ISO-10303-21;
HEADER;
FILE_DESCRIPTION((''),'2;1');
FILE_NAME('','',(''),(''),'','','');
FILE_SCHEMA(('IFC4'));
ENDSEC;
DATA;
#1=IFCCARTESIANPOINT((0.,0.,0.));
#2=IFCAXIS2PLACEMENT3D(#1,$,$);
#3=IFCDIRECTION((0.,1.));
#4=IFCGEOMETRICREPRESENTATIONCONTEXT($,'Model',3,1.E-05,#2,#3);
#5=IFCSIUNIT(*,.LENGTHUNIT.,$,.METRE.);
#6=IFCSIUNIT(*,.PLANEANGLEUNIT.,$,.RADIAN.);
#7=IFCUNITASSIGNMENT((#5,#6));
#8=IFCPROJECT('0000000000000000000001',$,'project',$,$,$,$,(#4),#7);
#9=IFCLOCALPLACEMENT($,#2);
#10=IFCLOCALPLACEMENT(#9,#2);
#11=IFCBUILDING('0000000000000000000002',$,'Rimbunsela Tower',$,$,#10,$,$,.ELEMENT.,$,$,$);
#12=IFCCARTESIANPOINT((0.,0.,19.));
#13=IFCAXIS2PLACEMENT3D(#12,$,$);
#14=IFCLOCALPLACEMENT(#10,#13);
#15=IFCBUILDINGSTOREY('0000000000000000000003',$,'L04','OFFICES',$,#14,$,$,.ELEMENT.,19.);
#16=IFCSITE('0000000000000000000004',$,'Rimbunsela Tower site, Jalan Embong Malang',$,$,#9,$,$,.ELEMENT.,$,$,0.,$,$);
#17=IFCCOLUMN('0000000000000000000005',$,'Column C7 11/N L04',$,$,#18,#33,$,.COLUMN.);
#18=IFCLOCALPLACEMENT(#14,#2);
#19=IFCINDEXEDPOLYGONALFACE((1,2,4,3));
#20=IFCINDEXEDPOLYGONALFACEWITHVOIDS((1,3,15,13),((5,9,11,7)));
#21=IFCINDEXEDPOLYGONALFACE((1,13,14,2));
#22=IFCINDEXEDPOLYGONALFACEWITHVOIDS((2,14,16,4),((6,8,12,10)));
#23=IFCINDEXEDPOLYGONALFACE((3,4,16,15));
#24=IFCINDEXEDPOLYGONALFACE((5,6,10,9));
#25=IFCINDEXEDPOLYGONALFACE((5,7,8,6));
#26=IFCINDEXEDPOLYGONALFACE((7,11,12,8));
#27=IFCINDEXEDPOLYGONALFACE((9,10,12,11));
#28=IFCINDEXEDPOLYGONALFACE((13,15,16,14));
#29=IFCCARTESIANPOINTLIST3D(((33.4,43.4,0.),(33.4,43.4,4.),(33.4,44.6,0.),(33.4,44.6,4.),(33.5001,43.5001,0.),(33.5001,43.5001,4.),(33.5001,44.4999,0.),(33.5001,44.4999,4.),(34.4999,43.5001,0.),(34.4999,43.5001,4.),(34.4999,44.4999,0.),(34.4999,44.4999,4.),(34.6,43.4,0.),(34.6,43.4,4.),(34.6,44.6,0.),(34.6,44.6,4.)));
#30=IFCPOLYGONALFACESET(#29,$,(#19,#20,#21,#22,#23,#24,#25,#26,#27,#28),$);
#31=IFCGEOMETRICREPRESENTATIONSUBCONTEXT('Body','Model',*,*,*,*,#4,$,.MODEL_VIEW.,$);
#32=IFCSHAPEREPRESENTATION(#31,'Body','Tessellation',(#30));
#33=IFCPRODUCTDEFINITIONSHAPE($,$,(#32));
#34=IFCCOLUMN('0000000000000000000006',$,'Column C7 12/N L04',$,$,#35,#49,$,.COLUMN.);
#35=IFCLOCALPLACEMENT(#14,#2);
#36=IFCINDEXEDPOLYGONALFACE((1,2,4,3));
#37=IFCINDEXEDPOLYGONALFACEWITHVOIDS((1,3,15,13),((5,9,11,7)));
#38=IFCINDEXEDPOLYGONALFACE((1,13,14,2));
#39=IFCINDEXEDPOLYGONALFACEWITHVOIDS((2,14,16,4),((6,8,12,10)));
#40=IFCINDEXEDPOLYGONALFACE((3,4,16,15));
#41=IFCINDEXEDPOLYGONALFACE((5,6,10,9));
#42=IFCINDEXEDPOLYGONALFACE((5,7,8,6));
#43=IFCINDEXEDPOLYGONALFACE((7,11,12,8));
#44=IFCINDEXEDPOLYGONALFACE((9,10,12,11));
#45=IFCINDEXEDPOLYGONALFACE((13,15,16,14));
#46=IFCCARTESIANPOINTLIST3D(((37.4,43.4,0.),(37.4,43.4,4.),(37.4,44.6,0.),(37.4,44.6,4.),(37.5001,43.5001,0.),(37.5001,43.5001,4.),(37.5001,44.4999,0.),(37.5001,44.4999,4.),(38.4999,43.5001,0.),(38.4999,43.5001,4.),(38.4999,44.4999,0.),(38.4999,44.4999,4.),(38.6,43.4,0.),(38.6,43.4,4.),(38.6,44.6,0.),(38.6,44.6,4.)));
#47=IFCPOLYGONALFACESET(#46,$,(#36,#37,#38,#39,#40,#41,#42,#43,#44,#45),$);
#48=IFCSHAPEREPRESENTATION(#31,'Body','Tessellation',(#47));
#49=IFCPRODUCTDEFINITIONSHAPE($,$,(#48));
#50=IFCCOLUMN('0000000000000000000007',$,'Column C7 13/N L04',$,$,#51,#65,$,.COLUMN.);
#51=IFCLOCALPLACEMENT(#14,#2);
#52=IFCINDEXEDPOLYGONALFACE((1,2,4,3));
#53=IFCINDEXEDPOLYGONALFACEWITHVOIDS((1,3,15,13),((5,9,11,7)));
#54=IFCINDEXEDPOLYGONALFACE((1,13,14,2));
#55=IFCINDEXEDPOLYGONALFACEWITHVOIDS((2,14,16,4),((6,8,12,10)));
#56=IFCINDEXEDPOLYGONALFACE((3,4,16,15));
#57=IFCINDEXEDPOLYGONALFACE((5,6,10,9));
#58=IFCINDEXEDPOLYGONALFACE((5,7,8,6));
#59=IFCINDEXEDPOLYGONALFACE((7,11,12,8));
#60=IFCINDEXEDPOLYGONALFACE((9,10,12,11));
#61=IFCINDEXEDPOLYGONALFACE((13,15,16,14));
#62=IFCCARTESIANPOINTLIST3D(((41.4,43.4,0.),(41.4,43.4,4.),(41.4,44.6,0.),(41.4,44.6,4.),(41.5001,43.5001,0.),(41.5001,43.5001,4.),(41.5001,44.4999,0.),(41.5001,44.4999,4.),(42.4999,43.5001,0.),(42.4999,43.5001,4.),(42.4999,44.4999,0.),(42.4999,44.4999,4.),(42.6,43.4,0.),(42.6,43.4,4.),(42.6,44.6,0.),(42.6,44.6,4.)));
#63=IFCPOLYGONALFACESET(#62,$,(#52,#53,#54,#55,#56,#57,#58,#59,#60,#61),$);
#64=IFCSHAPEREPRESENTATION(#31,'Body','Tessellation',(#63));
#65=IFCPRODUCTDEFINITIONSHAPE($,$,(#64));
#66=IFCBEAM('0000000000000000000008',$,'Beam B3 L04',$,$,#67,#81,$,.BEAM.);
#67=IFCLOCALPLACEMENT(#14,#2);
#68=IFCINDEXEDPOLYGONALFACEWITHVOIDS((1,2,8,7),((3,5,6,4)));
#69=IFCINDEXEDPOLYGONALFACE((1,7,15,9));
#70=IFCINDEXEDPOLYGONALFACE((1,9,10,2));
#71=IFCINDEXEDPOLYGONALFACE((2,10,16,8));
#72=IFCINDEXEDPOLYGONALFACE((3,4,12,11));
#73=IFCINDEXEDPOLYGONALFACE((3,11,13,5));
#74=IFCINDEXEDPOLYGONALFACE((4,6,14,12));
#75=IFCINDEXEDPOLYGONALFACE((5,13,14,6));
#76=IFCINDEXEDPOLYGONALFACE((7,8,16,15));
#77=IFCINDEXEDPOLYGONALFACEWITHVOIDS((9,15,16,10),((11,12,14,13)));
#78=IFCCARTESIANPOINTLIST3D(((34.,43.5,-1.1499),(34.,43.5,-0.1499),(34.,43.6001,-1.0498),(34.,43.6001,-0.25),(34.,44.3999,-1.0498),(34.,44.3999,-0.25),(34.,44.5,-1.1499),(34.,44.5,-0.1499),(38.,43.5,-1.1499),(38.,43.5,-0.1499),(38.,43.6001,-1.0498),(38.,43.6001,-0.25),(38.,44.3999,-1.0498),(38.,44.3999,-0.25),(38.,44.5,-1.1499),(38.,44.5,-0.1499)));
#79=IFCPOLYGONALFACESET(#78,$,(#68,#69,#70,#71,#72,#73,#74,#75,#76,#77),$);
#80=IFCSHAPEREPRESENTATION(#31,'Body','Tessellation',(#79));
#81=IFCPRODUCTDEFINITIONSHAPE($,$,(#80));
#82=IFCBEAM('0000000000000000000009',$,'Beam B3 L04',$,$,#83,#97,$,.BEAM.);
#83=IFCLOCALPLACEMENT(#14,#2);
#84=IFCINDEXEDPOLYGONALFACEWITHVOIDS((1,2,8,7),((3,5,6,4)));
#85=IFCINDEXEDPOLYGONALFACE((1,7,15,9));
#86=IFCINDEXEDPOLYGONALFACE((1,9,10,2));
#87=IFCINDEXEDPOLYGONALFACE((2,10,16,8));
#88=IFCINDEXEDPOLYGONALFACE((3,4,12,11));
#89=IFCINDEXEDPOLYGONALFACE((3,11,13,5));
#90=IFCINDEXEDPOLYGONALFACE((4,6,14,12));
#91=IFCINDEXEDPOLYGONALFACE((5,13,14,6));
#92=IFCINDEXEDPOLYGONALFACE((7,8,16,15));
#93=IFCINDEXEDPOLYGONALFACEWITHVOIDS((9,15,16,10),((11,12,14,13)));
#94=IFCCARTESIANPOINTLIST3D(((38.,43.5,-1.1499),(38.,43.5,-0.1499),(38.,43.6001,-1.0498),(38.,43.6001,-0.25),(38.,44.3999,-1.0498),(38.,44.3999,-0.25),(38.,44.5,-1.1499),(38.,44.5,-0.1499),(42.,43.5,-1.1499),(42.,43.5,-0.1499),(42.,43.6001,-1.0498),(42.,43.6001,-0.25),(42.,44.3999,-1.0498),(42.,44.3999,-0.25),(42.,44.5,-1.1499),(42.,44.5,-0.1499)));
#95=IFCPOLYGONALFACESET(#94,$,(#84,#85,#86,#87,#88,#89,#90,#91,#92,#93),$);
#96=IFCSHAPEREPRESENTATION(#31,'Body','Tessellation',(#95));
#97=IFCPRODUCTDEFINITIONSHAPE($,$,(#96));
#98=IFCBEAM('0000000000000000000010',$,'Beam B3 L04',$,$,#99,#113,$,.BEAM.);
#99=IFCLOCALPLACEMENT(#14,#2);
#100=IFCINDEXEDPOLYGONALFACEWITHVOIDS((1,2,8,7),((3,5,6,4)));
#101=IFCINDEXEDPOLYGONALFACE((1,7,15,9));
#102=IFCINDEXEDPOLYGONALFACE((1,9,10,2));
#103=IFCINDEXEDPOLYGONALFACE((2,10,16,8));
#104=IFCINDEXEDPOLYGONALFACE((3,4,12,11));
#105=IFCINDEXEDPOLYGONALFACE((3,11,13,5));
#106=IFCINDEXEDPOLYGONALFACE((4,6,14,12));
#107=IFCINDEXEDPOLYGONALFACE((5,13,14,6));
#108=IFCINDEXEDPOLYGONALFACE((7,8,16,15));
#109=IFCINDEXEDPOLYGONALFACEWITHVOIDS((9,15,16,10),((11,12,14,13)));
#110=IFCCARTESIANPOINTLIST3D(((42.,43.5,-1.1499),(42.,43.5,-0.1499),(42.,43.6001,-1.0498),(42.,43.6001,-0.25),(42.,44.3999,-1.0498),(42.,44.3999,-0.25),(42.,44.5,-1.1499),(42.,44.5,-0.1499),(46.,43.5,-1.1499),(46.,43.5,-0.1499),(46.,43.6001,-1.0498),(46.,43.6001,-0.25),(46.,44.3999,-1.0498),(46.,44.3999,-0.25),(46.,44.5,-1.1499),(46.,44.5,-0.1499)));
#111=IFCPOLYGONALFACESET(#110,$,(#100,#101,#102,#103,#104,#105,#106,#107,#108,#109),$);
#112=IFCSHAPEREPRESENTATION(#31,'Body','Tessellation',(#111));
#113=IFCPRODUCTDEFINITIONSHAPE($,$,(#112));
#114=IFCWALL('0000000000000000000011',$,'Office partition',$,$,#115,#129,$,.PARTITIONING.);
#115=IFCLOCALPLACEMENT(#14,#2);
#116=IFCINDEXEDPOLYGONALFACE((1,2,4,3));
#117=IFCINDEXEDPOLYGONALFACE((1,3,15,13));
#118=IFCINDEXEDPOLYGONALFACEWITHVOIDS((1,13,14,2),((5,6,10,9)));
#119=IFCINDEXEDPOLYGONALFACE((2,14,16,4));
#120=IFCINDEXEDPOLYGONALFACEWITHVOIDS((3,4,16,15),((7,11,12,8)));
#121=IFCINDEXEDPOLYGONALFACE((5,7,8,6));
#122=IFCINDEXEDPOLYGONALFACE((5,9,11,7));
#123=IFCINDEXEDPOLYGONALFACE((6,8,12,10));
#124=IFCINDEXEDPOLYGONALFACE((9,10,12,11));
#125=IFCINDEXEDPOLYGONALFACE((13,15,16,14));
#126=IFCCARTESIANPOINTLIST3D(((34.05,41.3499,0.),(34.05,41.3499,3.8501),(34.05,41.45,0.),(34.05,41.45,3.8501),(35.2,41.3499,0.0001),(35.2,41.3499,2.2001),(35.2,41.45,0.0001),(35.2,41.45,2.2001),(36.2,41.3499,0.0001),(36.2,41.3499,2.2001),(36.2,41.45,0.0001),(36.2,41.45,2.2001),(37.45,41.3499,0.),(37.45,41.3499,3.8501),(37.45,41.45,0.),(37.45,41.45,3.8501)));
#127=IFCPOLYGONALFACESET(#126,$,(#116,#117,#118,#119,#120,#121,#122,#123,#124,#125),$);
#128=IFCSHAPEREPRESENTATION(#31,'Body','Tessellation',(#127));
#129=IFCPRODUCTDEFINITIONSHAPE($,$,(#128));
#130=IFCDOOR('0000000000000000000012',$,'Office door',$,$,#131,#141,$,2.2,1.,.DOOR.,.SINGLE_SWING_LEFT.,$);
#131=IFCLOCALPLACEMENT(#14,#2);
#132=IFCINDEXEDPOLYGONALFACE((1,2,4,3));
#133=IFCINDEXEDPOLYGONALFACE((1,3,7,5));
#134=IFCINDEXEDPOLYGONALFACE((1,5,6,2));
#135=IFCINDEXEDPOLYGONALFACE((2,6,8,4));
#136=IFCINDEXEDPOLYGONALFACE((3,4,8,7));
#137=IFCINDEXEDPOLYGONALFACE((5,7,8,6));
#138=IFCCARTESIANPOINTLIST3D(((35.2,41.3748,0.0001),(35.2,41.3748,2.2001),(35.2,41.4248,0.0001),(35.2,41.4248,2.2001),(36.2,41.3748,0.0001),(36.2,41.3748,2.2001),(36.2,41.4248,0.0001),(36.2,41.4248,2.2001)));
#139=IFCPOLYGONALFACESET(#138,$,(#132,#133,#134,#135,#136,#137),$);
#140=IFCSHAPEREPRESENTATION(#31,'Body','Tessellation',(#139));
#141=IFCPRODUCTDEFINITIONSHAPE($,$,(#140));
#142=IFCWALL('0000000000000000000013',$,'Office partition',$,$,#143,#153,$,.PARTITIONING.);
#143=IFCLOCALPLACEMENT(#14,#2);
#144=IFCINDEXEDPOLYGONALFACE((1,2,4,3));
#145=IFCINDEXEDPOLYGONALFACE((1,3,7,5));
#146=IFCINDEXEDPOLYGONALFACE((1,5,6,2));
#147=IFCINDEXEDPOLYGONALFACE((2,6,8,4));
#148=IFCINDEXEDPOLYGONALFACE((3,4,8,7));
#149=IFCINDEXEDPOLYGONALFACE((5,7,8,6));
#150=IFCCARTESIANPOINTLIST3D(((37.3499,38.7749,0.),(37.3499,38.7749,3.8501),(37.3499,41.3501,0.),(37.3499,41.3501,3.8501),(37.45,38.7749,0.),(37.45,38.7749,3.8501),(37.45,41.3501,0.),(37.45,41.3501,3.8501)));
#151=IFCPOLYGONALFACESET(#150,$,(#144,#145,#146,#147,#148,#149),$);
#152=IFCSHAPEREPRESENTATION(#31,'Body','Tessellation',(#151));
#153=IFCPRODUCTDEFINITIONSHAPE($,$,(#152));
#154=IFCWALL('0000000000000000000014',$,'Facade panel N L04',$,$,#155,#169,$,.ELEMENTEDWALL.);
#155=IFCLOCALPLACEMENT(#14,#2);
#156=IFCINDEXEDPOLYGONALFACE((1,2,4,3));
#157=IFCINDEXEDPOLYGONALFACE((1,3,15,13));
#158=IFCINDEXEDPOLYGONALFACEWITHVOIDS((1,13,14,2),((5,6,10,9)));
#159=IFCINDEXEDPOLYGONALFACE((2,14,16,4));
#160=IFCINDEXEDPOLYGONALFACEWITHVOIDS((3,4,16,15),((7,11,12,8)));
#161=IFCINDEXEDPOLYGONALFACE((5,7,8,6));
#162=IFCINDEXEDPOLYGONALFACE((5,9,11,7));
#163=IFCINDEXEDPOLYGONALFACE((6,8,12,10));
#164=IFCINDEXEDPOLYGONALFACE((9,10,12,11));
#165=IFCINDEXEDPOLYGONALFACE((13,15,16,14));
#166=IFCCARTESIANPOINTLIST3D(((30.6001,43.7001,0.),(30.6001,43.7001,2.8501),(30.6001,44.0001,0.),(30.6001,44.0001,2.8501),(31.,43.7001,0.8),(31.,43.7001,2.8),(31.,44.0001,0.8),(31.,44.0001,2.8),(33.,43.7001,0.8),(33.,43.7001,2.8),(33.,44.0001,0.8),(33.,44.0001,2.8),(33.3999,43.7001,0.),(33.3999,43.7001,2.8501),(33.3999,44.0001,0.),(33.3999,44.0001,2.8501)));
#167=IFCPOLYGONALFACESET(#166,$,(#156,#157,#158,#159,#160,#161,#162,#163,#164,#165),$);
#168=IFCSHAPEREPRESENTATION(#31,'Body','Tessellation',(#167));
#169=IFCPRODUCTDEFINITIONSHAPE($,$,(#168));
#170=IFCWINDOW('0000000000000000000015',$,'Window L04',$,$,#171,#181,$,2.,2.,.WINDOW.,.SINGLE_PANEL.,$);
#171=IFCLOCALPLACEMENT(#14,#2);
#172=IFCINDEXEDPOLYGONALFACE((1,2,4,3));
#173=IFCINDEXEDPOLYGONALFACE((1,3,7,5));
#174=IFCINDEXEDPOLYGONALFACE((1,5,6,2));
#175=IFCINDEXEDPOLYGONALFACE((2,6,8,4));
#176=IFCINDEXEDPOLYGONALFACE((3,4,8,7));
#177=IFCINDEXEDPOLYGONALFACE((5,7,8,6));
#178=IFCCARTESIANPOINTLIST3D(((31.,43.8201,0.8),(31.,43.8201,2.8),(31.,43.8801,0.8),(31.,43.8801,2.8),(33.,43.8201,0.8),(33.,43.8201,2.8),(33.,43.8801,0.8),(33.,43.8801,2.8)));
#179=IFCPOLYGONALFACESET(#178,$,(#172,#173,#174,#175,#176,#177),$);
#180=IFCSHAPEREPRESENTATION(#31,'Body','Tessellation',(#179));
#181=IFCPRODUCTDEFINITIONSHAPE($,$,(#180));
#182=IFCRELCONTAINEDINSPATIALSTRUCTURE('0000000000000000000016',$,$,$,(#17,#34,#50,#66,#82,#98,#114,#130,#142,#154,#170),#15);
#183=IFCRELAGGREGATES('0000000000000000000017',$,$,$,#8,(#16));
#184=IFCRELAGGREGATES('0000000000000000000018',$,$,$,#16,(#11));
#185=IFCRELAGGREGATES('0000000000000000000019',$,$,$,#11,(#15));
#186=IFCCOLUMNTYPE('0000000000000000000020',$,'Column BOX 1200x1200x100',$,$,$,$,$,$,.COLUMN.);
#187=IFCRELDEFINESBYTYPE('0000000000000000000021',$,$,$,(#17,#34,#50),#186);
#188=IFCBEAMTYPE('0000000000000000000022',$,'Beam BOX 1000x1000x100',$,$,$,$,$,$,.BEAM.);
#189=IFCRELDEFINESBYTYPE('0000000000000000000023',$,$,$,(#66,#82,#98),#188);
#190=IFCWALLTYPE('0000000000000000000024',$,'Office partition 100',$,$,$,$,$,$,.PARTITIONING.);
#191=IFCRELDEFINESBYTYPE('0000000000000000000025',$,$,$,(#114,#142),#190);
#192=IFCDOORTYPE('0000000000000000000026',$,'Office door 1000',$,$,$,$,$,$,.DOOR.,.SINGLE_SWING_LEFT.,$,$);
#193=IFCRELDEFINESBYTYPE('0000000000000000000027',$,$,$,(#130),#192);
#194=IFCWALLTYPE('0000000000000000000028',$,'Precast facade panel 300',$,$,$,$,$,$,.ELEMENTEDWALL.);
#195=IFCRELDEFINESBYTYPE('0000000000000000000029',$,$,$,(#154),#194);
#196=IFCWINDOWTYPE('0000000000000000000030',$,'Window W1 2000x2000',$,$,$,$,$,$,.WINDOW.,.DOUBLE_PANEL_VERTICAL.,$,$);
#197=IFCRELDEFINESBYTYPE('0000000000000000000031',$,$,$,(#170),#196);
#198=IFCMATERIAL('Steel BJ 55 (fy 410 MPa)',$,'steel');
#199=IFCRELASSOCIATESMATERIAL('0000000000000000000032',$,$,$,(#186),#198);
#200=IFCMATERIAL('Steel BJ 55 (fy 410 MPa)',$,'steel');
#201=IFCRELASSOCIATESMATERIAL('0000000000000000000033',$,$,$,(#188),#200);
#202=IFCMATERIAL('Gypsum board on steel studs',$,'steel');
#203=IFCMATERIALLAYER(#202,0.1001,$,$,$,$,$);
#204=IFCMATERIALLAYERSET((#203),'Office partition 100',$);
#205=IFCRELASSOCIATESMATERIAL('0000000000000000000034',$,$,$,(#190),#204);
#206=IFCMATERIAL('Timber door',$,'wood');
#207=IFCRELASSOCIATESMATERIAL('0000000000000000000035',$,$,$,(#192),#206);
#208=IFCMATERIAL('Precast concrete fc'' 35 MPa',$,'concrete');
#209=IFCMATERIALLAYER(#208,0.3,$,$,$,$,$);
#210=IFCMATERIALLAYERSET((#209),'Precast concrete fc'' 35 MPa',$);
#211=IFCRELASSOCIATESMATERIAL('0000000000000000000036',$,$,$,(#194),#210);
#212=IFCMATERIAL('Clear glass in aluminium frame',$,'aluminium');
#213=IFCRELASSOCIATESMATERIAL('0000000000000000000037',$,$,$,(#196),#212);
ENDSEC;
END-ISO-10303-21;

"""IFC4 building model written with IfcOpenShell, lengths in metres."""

from ifc_helpers import new_model, si_unit, direction, frame, frame_2d, origin, origin_2d, place, context, subcontext, project, spatial, rectangle, hollow_rectangle, extrude, material, layer, layer_set, material_profile, profile_set, type_object, element, fill, save


model = new_model("IFC4")

# Units and contexts
model_context = context("Model", 3, precision=1e-05, world=origin(), true_north=direction((0.0, 1.0)))
body_context = subcontext(model_context, "Body", "Model", "MODEL_VIEW")
ifc_project = project(units=[si_unit("LENGTHUNIT", "METRE"), si_unit("PLANEANGLEUNIT", "RADIAN")], contexts=[model_context])

# Site, building, storey
site_placement = place(None, origin())
site = spatial("IfcSite", under=ifc_project, at=site_placement, Name="Rimbunsela Tower site, Jalan Embong Malang", CompositionType="ELEMENT", RefElevation=0.0)
building_placement = place(site_placement, origin())
building = spatial("IfcBuilding", under=site, at=building_placement, Name="Rimbunsela Tower", CompositionType="ELEMENT")
storey_placement = place(building_placement, frame((0.0, 0.0, 19.0)))
storey = spatial("IfcBuildingStorey", under=building, at=storey_placement, Name="L04", Description="OFFICES", CompositionType="ELEMENT", Elevation=19.0)

# Columns
ifc_material_1 = material(Name="Steel BJ 55 (fy 410 MPa)", Category="steel")
ifc_material_profile_1 = material_profile(ifc_material_1, hollow_rectangle(XDim=1.2, YDim=1.2, WallThickness=0.1001, at=origin_2d()), Name="BOX 1200x1200x100")
ifc_profile_set_1 = profile_set([ifc_material_profile_1], Name="Steel BJ 55 (fy 410 MPa)")
column_type = type_object("IfcColumnType", Name="Column BOX 1200x1200x100", PredefinedType="COLUMN", material=ifc_profile_set_1)
for number, where, z_axis, x_axis, name in (
    (1, (34.0, 44.0, 0.0), (0.0, 0.0, 1.0), (1.0, 0.0, 0.0), "Column C7 11/N L04"),
    (2, (38.0, 44.0, 0.0), (0.0, 0.0, 1.0), (1.0, 0.0, 0.0), "Column C7 12/N L04"),
    (3, (42.0, 44.0, 0.0), (0.0, 0.0, 1.0), (1.0, 0.0, 0.0), "Column C7 13/N L04"),
):
    element("IfcColumn", number, at=place(storey_placement, frame(where, z_axis=z_axis, x_axis=x_axis)), inside=storey, type_object=column_type, Name=name, PredefinedType="COLUMN", context=body_context, shape_type="SweptSolid", body=[
        extrude(hollow_rectangle(XDim=1.2, YDim=1.2, WallThickness=0.1001, at=origin_2d()), origin(), (0.0, 0.0, 1.0), 4.0),
    ])

# Beams
ifc_material_2 = material(Name="Steel BJ 55 (fy 410 MPa)", Category="steel")
ifc_material_profile_2 = material_profile(ifc_material_2, hollow_rectangle(XDim=1.0, YDim=1.0, WallThickness=0.1001, at=origin_2d()), Name="BOX 1000x1000x100")
ifc_profile_set_2 = profile_set([ifc_material_profile_2], Name="Steel BJ 55 (fy 410 MPa)")
beam_type = type_object("IfcBeamType", Name="Beam BOX 1000x1000x100", PredefinedType="BEAM", material=ifc_profile_set_2)
for number, where, z_axis, x_axis, name in (
    (4, (34.0, 44.0, -0.6499), (1.0, 0.0, 0.0), (0.0, 1.0, 0.0), "Beam B3 L04"),
    (5, (38.0, 44.0, -0.6499), (1.0, 0.0, 0.0), (0.0, 1.0, 0.0), "Beam B3 L04"),
    (6, (42.0, 44.0, -0.6499), (1.0, 0.0, 0.0), (0.0, 1.0, 0.0), "Beam B3 L04"),
):
    element("IfcBeam", number, at=place(storey_placement, frame(where, z_axis=z_axis, x_axis=x_axis)), inside=storey, type_object=beam_type, Name=name, PredefinedType="BEAM", context=body_context, shape_type="SweptSolid", body=[
        extrude(hollow_rectangle(XDim=1.0, YDim=1.0, WallThickness=0.1001, at=origin_2d()), origin(), (0.0, 0.0, 1.0), 4.0),
    ])

# Wall, opening, door
ifc_material_3 = material(Name="Gypsum board on steel studs", Category="steel")
ifc_layer_1 = layer(ifc_material_3, 0.1001)
ifc_layer_set_1 = layer_set([ifc_layer_1], Name="Office partition 100")
wall_type_1 = type_object("IfcWallType", Name="Office partition 100", PredefinedType="PARTITIONING", material=ifc_layer_set_1)
wall_1_placement = place(storey_placement, frame((34.05, 41.3999, 0.0), z_axis=(0.0, 0.0, 1.0), x_axis=(1.0, 0.0, 0.0)))
wall_1 = element("IfcWall", 7, at=wall_1_placement, inside=storey, type_object=wall_type_1, Name="Office partition", PredefinedType="PARTITIONING", context=body_context, shape_type="SweptSolid", body=[
    extrude(rectangle(XDim=3.3999, YDim=0.1001, at=frame_2d((1.7, 0.0))), origin(), (0.0, 0.0, 1.0), 3.8501),
])
opening_1_placement = place(wall_1_placement, frame((1.1499, 0.0, 0.0)))
opening_1 = element("IfcOpeningElement", 8, at=opening_1_placement, cuts=wall_1, PredefinedType="OPENING", context=body_context, shape_type="SweptSolid", body=[
    extrude(rectangle(XDim=1.0, YDim=2.2, at=frame_2d((0.5, 1.1001))), frame((0.0, 0.0601, 0.0), z_axis=(0.0, -1.0, 0.0), x_axis=(1.0, 0.0, 0.0)), (0.0, 0.0, 1.0), 0.1201),
])
ifc_material_4 = material(Name="Timber door", Category="wood")
door_type = type_object("IfcDoorType", Name="Office door 1000", OperationType="SINGLE_SWING_LEFT", PredefinedType="DOOR", material=ifc_material_4)
door_placement = place(opening_1_placement, origin())
door = element("IfcDoor", 9, at=door_placement, inside=storey, type_object=door_type, Name="Office door", OperationType="SINGLE_SWING_LEFT", OverallHeight=2.2, OverallWidth=1.0, PredefinedType="DOOR", context=body_context, shape_type="SweptSolid", body=[
    extrude(rectangle(XDim=1.0, YDim=2.2, at=frame_2d((0.5, 1.1001))), frame((0.0, 0.0249, 0.0), z_axis=(0.0, -1.0, 0.0), x_axis=(1.0, 0.0, 0.0)), (0.0, 0.0, 1.0), 0.05),
])
fill(opening_1, door)

# Wall
wall_2_placement = place(storey_placement, frame((37.3999, 38.7749, 0.0), z_axis=(0.0, 0.0, 1.0), x_axis=(0.0, 1.0, 0.0)))
element("IfcWall", 10, at=wall_2_placement, inside=storey, type_object=wall_type_1, Name="Office partition", PredefinedType="PARTITIONING", context=body_context, shape_type="SweptSolid", body=[
    extrude(rectangle(XDim=2.5752, YDim=0.1001, at=frame_2d((1.2876, 0.0))), origin(), (0.0, 0.0, 1.0), 3.8501),
])

# Wall, opening, window
ifc_material_5 = material(Name="Precast concrete fc' 35 MPa", Category="concrete")
ifc_layer_2 = layer(ifc_material_5, 0.3)
ifc_layer_set_2 = layer_set([ifc_layer_2], Name="Precast concrete fc' 35 MPa")
wall_type_2 = type_object("IfcWallType", Name="Precast facade panel 300", PredefinedType="ELEMENTEDWALL", material=ifc_layer_set_2)
wall_3_placement = place(storey_placement, frame((33.3999, 43.8501, 0.0), z_axis=(0.0, 0.0, 1.0), x_axis=(-1.0, 0.0, 0.0)))
wall_3 = element("IfcWall", 11, at=wall_3_placement, inside=storey, type_object=wall_type_2, Name="Facade panel N L04", PredefinedType="ELEMENTEDWALL", context=body_context, shape_type="SweptSolid", body=[
    extrude(rectangle(XDim=2.7998, YDim=0.3, at=frame_2d((1.3999, 0.0))), origin(), (0.0, 0.0, 1.0), 2.8501),
])
opening_2_placement = place(wall_3_placement, frame((0.3999, 0.0, 0.8)))
opening_2 = element("IfcOpeningElement", 12, at=opening_2_placement, cuts=wall_3, PredefinedType="OPENING", context=body_context, shape_type="SweptSolid", body=[
    extrude(rectangle(XDim=2.0, YDim=2.0, at=frame_2d((1.0, 1.0))), frame((0.0, 0.1599, 0.0), z_axis=(0.0, -1.0, 0.0), x_axis=(1.0, 0.0, 0.0)), (0.0, 0.0, 1.0), 0.3201),
])
ifc_material_6 = material(Name="Clear glass in aluminium frame", Category="aluminium")
window_type = type_object("IfcWindowType", Name="Window W1 2000x2000", PartitioningType="DOUBLE_PANEL_VERTICAL", PredefinedType="WINDOW", material=ifc_material_6)
window_1_placement = place(opening_2_placement, origin())
window_1 = element("IfcWindow", 13, at=window_1_placement, inside=storey, type_object=window_type, Name="Window L04", OverallHeight=2.0, OverallWidth=2.0, PartitioningType="SINGLE_PANEL", PredefinedType="WINDOW", context=body_context, shape_type="SweptSolid", body=[
    extrude(rectangle(XDim=2.0, YDim=2.0, at=frame_2d((1.0, 1.0))), frame((0.0, 0.03, 0.0), z_axis=(0.0, -1.0, 0.0), x_axis=(1.0, 0.0, 0.0)), (0.0, 0.0, 1.0), 0.0601),
])
fill(opening_2, window_1)

save(model, "model.ifc")
